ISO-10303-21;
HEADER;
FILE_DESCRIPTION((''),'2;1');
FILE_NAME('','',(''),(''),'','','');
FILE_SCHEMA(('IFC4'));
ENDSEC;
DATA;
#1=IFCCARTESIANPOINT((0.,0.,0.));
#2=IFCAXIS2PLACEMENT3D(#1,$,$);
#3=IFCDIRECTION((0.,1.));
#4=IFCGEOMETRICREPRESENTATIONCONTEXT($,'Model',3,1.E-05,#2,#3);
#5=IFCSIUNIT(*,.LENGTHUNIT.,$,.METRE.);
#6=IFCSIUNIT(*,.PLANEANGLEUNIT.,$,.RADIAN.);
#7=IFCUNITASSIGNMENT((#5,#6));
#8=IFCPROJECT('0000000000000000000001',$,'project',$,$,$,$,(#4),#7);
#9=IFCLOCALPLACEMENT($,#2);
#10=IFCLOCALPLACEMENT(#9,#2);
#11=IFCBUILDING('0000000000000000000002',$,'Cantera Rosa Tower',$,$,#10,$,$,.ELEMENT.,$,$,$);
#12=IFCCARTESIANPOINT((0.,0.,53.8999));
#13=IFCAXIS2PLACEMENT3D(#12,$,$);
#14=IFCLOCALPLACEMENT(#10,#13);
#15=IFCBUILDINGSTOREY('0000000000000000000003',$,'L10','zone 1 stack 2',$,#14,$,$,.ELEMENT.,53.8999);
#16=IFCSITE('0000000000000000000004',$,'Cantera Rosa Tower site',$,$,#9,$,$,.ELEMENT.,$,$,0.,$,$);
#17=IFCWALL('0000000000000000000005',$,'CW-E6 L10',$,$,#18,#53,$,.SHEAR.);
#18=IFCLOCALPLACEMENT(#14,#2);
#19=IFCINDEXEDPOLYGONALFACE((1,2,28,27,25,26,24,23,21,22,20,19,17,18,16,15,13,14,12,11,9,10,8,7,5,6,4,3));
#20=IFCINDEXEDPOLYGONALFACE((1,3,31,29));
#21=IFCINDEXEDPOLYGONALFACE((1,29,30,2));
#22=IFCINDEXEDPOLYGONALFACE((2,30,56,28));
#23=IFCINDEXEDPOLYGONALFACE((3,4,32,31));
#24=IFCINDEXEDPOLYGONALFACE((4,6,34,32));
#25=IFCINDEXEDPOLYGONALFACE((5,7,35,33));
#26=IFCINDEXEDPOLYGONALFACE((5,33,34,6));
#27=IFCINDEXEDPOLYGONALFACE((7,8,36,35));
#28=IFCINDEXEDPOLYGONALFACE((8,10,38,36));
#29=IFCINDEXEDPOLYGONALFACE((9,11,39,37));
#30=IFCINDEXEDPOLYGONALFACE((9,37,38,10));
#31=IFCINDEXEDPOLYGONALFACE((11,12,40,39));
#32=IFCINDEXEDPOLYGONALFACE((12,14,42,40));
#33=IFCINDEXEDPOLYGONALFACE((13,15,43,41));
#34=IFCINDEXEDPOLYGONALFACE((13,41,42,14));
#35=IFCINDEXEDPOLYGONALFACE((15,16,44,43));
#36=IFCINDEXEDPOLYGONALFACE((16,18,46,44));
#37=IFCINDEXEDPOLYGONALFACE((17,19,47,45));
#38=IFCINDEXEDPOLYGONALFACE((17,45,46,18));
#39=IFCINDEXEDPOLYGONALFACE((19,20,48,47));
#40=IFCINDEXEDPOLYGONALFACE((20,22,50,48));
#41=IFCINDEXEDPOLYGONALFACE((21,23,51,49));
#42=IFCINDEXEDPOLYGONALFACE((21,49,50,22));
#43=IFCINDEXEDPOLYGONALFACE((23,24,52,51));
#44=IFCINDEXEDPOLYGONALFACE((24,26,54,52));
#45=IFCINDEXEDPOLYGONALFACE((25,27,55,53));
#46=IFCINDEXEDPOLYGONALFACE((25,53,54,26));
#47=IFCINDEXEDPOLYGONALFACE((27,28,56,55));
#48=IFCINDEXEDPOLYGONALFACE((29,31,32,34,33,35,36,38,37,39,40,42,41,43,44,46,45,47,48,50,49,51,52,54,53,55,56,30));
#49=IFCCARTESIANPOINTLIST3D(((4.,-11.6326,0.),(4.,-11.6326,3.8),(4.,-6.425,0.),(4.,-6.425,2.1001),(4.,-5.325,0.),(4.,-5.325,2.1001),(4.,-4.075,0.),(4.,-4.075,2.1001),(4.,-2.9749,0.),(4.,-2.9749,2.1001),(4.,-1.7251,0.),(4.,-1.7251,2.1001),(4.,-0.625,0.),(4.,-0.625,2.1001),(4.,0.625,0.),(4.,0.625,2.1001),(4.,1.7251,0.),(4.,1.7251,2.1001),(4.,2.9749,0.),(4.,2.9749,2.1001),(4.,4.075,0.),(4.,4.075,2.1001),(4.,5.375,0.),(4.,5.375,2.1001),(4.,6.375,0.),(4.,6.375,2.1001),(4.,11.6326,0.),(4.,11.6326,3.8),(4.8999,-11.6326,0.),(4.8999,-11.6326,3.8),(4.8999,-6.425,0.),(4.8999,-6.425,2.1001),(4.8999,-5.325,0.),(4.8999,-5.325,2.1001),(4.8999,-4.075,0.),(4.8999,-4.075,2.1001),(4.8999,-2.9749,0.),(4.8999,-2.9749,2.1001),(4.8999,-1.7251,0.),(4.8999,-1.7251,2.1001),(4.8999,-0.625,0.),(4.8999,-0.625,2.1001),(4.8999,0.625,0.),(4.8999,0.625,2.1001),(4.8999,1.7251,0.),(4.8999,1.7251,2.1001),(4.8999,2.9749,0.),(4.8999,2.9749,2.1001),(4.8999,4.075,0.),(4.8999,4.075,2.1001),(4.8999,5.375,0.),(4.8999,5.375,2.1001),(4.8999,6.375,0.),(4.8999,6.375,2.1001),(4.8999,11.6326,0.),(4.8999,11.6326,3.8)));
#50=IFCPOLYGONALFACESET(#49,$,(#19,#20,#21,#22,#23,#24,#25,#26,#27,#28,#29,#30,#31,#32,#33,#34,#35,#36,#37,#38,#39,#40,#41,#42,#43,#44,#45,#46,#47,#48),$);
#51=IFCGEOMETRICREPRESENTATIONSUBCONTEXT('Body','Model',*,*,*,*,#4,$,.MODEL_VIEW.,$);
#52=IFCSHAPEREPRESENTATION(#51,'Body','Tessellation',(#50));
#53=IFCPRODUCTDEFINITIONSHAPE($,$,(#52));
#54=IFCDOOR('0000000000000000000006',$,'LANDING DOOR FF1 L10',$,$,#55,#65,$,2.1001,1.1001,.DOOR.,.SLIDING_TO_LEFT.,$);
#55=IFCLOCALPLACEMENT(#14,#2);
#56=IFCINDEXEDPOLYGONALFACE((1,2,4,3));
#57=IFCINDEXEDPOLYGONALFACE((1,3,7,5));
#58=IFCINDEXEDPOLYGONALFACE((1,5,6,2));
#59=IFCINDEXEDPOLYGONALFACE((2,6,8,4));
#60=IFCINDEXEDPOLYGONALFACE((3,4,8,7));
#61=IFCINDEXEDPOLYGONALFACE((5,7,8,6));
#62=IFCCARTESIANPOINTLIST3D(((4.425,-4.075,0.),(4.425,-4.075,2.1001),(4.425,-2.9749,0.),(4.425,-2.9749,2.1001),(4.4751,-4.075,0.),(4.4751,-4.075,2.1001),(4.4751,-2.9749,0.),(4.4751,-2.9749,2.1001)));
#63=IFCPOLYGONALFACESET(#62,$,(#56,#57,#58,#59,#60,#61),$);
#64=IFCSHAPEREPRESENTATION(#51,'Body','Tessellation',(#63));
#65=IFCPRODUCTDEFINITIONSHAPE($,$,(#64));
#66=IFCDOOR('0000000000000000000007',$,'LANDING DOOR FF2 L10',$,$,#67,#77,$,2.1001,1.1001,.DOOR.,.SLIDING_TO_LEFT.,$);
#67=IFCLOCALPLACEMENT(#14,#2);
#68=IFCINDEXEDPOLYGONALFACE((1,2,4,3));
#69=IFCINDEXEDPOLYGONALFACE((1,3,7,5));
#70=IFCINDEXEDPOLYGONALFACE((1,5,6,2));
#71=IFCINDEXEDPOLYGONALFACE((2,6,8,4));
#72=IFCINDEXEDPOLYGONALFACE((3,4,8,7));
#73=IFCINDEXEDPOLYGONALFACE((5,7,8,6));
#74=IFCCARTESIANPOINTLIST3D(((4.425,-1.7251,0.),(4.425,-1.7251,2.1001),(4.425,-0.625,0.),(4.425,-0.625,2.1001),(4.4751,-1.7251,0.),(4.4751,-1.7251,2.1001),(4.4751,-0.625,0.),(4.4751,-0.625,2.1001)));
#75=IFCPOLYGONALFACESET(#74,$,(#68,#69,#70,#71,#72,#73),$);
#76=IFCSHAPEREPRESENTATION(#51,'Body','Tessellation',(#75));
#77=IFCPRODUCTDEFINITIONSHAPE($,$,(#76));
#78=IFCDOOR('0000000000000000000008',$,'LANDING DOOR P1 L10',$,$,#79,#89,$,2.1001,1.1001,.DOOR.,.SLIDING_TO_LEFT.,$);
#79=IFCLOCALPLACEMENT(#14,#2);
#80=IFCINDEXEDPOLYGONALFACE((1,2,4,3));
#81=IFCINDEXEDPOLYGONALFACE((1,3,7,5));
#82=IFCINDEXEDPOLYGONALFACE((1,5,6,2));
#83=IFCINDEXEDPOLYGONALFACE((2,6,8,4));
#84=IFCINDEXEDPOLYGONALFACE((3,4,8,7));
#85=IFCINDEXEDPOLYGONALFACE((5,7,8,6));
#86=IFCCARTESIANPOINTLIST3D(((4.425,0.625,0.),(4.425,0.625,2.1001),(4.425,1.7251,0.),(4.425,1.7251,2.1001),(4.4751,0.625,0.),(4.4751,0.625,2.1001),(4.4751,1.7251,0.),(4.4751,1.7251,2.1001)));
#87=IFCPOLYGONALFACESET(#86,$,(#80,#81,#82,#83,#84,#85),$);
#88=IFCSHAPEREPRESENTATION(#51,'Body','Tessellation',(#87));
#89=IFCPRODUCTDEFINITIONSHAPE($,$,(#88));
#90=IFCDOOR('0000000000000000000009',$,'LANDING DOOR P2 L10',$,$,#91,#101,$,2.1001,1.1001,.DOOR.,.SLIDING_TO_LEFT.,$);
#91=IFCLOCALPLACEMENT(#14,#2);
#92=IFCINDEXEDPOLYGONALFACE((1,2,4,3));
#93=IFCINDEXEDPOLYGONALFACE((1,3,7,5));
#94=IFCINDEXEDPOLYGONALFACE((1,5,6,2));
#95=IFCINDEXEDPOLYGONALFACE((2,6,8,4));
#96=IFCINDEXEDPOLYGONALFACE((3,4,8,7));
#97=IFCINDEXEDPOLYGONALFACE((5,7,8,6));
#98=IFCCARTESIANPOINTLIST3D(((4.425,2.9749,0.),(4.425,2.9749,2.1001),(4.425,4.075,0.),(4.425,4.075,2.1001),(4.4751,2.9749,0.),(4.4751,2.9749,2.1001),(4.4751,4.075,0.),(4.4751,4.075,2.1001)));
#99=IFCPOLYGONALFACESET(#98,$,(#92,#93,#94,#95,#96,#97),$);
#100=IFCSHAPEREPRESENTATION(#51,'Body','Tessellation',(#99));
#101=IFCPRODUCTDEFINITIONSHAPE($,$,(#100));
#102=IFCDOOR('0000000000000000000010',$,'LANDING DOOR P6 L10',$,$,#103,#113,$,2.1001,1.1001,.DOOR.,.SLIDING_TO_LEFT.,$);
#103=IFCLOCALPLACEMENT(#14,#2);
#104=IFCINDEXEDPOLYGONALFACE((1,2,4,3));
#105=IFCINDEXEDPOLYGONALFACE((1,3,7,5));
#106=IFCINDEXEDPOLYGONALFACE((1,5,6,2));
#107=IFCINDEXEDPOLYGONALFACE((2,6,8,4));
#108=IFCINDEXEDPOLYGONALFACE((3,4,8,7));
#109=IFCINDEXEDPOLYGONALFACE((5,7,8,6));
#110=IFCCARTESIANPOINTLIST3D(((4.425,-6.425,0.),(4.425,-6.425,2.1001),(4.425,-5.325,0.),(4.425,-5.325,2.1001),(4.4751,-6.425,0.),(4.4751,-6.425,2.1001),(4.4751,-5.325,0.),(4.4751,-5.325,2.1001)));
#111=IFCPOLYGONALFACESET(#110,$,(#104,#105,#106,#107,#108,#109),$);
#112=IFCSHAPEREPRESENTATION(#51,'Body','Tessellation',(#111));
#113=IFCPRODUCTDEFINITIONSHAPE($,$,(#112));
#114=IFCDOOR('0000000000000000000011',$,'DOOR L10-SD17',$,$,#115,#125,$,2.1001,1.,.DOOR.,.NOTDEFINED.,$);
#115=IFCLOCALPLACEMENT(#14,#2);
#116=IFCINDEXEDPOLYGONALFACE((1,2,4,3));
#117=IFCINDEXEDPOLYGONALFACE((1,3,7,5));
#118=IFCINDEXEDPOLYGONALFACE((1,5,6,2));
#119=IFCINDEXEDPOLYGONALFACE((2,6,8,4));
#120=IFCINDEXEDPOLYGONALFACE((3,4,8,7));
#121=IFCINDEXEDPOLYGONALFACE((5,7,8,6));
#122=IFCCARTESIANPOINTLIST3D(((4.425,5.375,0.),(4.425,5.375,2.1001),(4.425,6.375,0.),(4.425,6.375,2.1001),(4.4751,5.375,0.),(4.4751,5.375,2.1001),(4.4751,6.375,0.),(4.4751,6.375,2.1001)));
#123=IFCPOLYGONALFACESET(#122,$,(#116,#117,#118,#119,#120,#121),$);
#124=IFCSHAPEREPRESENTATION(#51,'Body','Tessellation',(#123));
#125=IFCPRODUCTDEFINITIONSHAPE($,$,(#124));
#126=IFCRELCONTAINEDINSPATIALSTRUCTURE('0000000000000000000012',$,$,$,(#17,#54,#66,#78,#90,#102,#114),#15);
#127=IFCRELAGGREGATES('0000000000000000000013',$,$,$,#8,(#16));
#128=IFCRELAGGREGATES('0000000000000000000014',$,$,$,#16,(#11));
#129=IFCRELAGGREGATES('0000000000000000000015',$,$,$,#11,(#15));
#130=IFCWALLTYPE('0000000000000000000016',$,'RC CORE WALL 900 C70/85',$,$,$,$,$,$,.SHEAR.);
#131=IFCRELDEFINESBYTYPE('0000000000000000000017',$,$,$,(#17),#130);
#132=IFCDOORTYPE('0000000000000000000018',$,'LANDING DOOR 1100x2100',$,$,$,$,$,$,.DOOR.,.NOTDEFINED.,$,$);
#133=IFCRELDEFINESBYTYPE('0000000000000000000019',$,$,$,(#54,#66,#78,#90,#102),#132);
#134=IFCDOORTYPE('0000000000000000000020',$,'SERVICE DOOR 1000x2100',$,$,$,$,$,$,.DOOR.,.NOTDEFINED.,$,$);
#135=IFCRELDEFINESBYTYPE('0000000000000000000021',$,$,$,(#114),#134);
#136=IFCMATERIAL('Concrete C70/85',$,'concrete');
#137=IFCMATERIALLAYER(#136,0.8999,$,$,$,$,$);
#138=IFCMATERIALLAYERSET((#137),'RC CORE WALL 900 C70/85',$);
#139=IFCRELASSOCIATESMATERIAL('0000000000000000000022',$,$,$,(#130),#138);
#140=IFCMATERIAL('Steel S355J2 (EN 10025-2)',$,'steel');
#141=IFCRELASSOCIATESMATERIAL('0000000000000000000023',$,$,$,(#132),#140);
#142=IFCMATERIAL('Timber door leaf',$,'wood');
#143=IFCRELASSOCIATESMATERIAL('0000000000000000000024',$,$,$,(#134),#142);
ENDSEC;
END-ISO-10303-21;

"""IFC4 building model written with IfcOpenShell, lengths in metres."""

from ifc_helpers import new_model, si_unit, direction, frame, frame_2d, origin, place, context, subcontext, project, spatial, rectangle, extrude, material, layer, layer_set, type_object, element, fill, save


model = new_model("IFC4")

# Units and contexts
model_context = context("Model", 3, precision=1e-05, world=origin(), true_north=direction((0.0, 1.0)))
body_context = subcontext(model_context, "Body", "Model", "MODEL_VIEW")
ifc_project = project(units=[si_unit("LENGTHUNIT", "METRE"), si_unit("PLANEANGLEUNIT", "RADIAN")], contexts=[model_context])

# Site, building, storey
site_placement = place(None, origin())
site = spatial("IfcSite", under=ifc_project, at=site_placement, Name="Cantera Rosa Tower site", CompositionType="ELEMENT", RefElevation=0.0)
building_placement = place(site_placement, origin())
building = spatial("IfcBuilding", under=site, at=building_placement, Name="Cantera Rosa Tower", CompositionType="ELEMENT")
storey_placement = place(building_placement, frame((0.0, 0.0, 53.8999)))
storey = spatial("IfcBuildingStorey", under=building, at=storey_placement, Name="L10", Description="zone 1 stack 2", CompositionType="ELEMENT", Elevation=53.8999)

# Wall, openings, doors
ifc_material_1 = material(Name="Concrete C70/85", Category="concrete")
ifc_layer_1 = layer(ifc_material_1, 0.8999)
ifc_layer_set_1 = layer_set([ifc_layer_1], Name="RC CORE WALL 900 C70/85")
wall_type_1 = type_object("IfcWallType", Name="RC CORE WALL 900 C70/85", PredefinedType="SHEAR", material=ifc_layer_set_1)
wall_1_placement = place(storey_placement, frame((4.45, -11.6326, 0.0), z_axis=(0.0, 0.0, 1.0), x_axis=(0.0, 1.0, 0.0)))
wall_1 = element("IfcWall", 1, at=wall_1_placement, inside=storey, type_object=wall_type_1, Name="CW-E6 L10", PredefinedType="SHEAR", context=body_context, shape_type="SweptSolid", body=[
    extrude(rectangle(XDim=23.2651, YDim=0.8999, at=frame_2d((11.6326, 0.0))), origin(), (0.0, 0.0, 1.0), 3.8),
])
opening_1_placement = place(wall_1_placement, frame((7.5576, 0.0, 0.0)))
opening_1 = element("IfcOpeningElement", 2, at=opening_1_placement, cuts=wall_1, PredefinedType="OPENING", context=body_context, shape_type="SweptSolid", body=[
    extrude(rectangle(XDim=1.1001, YDim=2.1001, at=frame_2d((0.55, 1.05))), frame((0.0, 0.46, 0.0), z_axis=(0.0, -1.0, 0.0), x_axis=(1.0, 0.0, 0.0)), (0.0, 0.0, 1.0), 0.9199),
])
opening_2_placement = place(wall_1_placement, frame((9.9075, 0.0, 0.0)))
opening_2 = element("IfcOpeningElement", 3, at=opening_2_placement, cuts=wall_1, PredefinedType="OPENING", context=body_context, shape_type="SweptSolid", body=[
    extrude(rectangle(XDim=1.1001, YDim=2.1001, at=frame_2d((0.55, 1.05))), frame((0.0, 0.46, 0.0), z_axis=(0.0, -1.0, 0.0), x_axis=(1.0, 0.0, 0.0)), (0.0, 0.0, 1.0), 0.9199),
])
opening_3_placement = place(wall_1_placement, frame((12.2576, 0.0, 0.0)))
opening_3 = element("IfcOpeningElement", 4, at=opening_3_placement, cuts=wall_1, PredefinedType="OPENING", context=body_context, shape_type="SweptSolid", body=[
    extrude(rectangle(XDim=1.1001, YDim=2.1001, at=frame_2d((0.55, 1.05))), frame((0.0, 0.46, 0.0), z_axis=(0.0, -1.0, 0.0), x_axis=(1.0, 0.0, 0.0)), (0.0, 0.0, 1.0), 0.9199),
])
opening_4_placement = place(wall_1_placement, frame((14.6074, 0.0, 0.0)))
opening_4 = element("IfcOpeningElement", 5, at=opening_4_placement, cuts=wall_1, PredefinedType="OPENING", context=body_context, shape_type="SweptSolid", body=[
    extrude(rectangle(XDim=1.1001, YDim=2.1001, at=frame_2d((0.55, 1.05))), frame((0.0, 0.46, 0.0), z_axis=(0.0, -1.0, 0.0), x_axis=(1.0, 0.0, 0.0)), (0.0, 0.0, 1.0), 0.9199),
])
opening_5_placement = place(wall_1_placement, frame((5.2075, 0.0, 0.0)))
opening_5 = element("IfcOpeningElement", 6, at=opening_5_placement, cuts=wall_1, PredefinedType="OPENING", context=body_context, shape_type="SweptSolid", body=[
    extrude(rectangle(XDim=1.1001, YDim=2.1001, at=frame_2d((0.55, 1.05))), frame((0.0, 0.46, 0.0), z_axis=(0.0, -1.0, 0.0), x_axis=(1.0, 0.0, 0.0)), (0.0, 0.0, 1.0), 0.9199),
])
opening_6_placement = place(wall_1_placement, frame((17.0076, 0.0, 0.0)))
opening_6 = element("IfcOpeningElement", 7, at=opening_6_placement, cuts=wall_1, PredefinedType="OPENING", context=body_context, shape_type="SweptSolid", body=[
    extrude(rectangle(XDim=1.0, YDim=2.1001, at=frame_2d((0.5, 1.05))), frame((0.0, 0.46, 0.0), z_axis=(0.0, -1.0, 0.0), x_axis=(1.0, 0.0, 0.0)), (0.0, 0.0, 1.0), 0.9199),
])
ifc_material_2 = material(Name="Steel S355J2 (EN 10025-2)", Category="steel")
door_type_1 = type_object("IfcDoorType", Name="LANDING DOOR 1100x2100", OperationType="NOTDEFINED", PredefinedType="DOOR", material=ifc_material_2)
door_1_placement = place(opening_1_placement, origin())
door_1 = element("IfcDoor", 8, at=door_1_placement, inside=storey, type_object=door_type_1, Name="LANDING DOOR FF1 L10", OperationType="SLIDING_TO_LEFT", OverallHeight=2.1001, OverallWidth=1.1001, PredefinedType="DOOR", context=body_context, shape_type="SweptSolid", body=[
    extrude(rectangle(XDim=1.1001, YDim=2.1001, at=frame_2d((0.55, 1.05))), frame((0.0, 0.0249, 0.0), z_axis=(0.0, -1.0, 0.0), x_axis=(1.0, 0.0, 0.0)), (0.0, 0.0, 1.0), 0.05),
])
fill(opening_1, door_1)
door_2_placement = place(opening_2_placement, origin())
door_2 = element("IfcDoor", 9, at=door_2_placement, inside=storey, type_object=door_type_1, Name="LANDING DOOR FF2 L10", OperationType="SLIDING_TO_LEFT", OverallHeight=2.1001, OverallWidth=1.1001, PredefinedType="DOOR", context=body_context, shape_type="SweptSolid", body=[
    extrude(rectangle(XDim=1.1001, YDim=2.1001, at=frame_2d((0.55, 1.05))), frame((0.0, 0.0249, 0.0), z_axis=(0.0, -1.0, 0.0), x_axis=(1.0, 0.0, 0.0)), (0.0, 0.0, 1.0), 0.05),
])
fill(opening_2, door_2)
door_3_placement = place(opening_3_placement, origin())
door_3 = element("IfcDoor", 10, at=door_3_placement, inside=storey, type_object=door_type_1, Name="LANDING DOOR P1 L10", OperationType="SLIDING_TO_LEFT", OverallHeight=2.1001, OverallWidth=1.1001, PredefinedType="DOOR", context=body_context, shape_type="SweptSolid", body=[
    extrude(rectangle(XDim=1.1001, YDim=2.1001, at=frame_2d((0.55, 1.05))), frame((0.0, 0.0249, 0.0), z_axis=(0.0, -1.0, 0.0), x_axis=(1.0, 0.0, 0.0)), (0.0, 0.0, 1.0), 0.05),
])
fill(opening_3, door_3)
door_4_placement = place(opening_4_placement, origin())
door_4 = element("IfcDoor", 11, at=door_4_placement, inside=storey, type_object=door_type_1, Name="LANDING DOOR P2 L10", OperationType="SLIDING_TO_LEFT", OverallHeight=2.1001, OverallWidth=1.1001, PredefinedType="DOOR", context=body_context, shape_type="SweptSolid", body=[
    extrude(rectangle(XDim=1.1001, YDim=2.1001, at=frame_2d((0.55, 1.05))), frame((0.0, 0.0249, 0.0), z_axis=(0.0, -1.0, 0.0), x_axis=(1.0, 0.0, 0.0)), (0.0, 0.0, 1.0), 0.05),
])
fill(opening_4, door_4)
door_5_placement = place(opening_5_placement, origin())
door_5 = element("IfcDoor", 12, at=door_5_placement, inside=storey, type_object=door_type_1, Name="LANDING DOOR P6 L10", OperationType="SLIDING_TO_LEFT", OverallHeight=2.1001, OverallWidth=1.1001, PredefinedType="DOOR", context=body_context, shape_type="SweptSolid", body=[
    extrude(rectangle(XDim=1.1001, YDim=2.1001, at=frame_2d((0.55, 1.05))), frame((0.0, 0.0249, 0.0), z_axis=(0.0, -1.0, 0.0), x_axis=(1.0, 0.0, 0.0)), (0.0, 0.0, 1.0), 0.05),
])
fill(opening_5, door_5)
ifc_material_3 = material(Name="Timber door leaf", Category="wood")
door_type_2 = type_object("IfcDoorType", Name="SERVICE DOOR 1000x2100", OperationType="NOTDEFINED", PredefinedType="DOOR", material=ifc_material_3)
door_6_placement = place(opening_6_placement, origin())
door_6 = element("IfcDoor", 13, at=door_6_placement, inside=storey, type_object=door_type_2, Name="DOOR L10-SD17", OperationType="NOTDEFINED", OverallHeight=2.1001, OverallWidth=1.0, PredefinedType="DOOR", context=body_context, shape_type="SweptSolid", body=[
    extrude(rectangle(XDim=1.0, YDim=2.1001, at=frame_2d((0.5, 1.05))), frame((0.0, 0.0249, 0.0), z_axis=(0.0, -1.0, 0.0), x_axis=(1.0, 0.0, 0.0)), (0.0, 0.0, 1.0), 0.05),
])
fill(opening_6, door_6)

save(model, "model.ifc")
